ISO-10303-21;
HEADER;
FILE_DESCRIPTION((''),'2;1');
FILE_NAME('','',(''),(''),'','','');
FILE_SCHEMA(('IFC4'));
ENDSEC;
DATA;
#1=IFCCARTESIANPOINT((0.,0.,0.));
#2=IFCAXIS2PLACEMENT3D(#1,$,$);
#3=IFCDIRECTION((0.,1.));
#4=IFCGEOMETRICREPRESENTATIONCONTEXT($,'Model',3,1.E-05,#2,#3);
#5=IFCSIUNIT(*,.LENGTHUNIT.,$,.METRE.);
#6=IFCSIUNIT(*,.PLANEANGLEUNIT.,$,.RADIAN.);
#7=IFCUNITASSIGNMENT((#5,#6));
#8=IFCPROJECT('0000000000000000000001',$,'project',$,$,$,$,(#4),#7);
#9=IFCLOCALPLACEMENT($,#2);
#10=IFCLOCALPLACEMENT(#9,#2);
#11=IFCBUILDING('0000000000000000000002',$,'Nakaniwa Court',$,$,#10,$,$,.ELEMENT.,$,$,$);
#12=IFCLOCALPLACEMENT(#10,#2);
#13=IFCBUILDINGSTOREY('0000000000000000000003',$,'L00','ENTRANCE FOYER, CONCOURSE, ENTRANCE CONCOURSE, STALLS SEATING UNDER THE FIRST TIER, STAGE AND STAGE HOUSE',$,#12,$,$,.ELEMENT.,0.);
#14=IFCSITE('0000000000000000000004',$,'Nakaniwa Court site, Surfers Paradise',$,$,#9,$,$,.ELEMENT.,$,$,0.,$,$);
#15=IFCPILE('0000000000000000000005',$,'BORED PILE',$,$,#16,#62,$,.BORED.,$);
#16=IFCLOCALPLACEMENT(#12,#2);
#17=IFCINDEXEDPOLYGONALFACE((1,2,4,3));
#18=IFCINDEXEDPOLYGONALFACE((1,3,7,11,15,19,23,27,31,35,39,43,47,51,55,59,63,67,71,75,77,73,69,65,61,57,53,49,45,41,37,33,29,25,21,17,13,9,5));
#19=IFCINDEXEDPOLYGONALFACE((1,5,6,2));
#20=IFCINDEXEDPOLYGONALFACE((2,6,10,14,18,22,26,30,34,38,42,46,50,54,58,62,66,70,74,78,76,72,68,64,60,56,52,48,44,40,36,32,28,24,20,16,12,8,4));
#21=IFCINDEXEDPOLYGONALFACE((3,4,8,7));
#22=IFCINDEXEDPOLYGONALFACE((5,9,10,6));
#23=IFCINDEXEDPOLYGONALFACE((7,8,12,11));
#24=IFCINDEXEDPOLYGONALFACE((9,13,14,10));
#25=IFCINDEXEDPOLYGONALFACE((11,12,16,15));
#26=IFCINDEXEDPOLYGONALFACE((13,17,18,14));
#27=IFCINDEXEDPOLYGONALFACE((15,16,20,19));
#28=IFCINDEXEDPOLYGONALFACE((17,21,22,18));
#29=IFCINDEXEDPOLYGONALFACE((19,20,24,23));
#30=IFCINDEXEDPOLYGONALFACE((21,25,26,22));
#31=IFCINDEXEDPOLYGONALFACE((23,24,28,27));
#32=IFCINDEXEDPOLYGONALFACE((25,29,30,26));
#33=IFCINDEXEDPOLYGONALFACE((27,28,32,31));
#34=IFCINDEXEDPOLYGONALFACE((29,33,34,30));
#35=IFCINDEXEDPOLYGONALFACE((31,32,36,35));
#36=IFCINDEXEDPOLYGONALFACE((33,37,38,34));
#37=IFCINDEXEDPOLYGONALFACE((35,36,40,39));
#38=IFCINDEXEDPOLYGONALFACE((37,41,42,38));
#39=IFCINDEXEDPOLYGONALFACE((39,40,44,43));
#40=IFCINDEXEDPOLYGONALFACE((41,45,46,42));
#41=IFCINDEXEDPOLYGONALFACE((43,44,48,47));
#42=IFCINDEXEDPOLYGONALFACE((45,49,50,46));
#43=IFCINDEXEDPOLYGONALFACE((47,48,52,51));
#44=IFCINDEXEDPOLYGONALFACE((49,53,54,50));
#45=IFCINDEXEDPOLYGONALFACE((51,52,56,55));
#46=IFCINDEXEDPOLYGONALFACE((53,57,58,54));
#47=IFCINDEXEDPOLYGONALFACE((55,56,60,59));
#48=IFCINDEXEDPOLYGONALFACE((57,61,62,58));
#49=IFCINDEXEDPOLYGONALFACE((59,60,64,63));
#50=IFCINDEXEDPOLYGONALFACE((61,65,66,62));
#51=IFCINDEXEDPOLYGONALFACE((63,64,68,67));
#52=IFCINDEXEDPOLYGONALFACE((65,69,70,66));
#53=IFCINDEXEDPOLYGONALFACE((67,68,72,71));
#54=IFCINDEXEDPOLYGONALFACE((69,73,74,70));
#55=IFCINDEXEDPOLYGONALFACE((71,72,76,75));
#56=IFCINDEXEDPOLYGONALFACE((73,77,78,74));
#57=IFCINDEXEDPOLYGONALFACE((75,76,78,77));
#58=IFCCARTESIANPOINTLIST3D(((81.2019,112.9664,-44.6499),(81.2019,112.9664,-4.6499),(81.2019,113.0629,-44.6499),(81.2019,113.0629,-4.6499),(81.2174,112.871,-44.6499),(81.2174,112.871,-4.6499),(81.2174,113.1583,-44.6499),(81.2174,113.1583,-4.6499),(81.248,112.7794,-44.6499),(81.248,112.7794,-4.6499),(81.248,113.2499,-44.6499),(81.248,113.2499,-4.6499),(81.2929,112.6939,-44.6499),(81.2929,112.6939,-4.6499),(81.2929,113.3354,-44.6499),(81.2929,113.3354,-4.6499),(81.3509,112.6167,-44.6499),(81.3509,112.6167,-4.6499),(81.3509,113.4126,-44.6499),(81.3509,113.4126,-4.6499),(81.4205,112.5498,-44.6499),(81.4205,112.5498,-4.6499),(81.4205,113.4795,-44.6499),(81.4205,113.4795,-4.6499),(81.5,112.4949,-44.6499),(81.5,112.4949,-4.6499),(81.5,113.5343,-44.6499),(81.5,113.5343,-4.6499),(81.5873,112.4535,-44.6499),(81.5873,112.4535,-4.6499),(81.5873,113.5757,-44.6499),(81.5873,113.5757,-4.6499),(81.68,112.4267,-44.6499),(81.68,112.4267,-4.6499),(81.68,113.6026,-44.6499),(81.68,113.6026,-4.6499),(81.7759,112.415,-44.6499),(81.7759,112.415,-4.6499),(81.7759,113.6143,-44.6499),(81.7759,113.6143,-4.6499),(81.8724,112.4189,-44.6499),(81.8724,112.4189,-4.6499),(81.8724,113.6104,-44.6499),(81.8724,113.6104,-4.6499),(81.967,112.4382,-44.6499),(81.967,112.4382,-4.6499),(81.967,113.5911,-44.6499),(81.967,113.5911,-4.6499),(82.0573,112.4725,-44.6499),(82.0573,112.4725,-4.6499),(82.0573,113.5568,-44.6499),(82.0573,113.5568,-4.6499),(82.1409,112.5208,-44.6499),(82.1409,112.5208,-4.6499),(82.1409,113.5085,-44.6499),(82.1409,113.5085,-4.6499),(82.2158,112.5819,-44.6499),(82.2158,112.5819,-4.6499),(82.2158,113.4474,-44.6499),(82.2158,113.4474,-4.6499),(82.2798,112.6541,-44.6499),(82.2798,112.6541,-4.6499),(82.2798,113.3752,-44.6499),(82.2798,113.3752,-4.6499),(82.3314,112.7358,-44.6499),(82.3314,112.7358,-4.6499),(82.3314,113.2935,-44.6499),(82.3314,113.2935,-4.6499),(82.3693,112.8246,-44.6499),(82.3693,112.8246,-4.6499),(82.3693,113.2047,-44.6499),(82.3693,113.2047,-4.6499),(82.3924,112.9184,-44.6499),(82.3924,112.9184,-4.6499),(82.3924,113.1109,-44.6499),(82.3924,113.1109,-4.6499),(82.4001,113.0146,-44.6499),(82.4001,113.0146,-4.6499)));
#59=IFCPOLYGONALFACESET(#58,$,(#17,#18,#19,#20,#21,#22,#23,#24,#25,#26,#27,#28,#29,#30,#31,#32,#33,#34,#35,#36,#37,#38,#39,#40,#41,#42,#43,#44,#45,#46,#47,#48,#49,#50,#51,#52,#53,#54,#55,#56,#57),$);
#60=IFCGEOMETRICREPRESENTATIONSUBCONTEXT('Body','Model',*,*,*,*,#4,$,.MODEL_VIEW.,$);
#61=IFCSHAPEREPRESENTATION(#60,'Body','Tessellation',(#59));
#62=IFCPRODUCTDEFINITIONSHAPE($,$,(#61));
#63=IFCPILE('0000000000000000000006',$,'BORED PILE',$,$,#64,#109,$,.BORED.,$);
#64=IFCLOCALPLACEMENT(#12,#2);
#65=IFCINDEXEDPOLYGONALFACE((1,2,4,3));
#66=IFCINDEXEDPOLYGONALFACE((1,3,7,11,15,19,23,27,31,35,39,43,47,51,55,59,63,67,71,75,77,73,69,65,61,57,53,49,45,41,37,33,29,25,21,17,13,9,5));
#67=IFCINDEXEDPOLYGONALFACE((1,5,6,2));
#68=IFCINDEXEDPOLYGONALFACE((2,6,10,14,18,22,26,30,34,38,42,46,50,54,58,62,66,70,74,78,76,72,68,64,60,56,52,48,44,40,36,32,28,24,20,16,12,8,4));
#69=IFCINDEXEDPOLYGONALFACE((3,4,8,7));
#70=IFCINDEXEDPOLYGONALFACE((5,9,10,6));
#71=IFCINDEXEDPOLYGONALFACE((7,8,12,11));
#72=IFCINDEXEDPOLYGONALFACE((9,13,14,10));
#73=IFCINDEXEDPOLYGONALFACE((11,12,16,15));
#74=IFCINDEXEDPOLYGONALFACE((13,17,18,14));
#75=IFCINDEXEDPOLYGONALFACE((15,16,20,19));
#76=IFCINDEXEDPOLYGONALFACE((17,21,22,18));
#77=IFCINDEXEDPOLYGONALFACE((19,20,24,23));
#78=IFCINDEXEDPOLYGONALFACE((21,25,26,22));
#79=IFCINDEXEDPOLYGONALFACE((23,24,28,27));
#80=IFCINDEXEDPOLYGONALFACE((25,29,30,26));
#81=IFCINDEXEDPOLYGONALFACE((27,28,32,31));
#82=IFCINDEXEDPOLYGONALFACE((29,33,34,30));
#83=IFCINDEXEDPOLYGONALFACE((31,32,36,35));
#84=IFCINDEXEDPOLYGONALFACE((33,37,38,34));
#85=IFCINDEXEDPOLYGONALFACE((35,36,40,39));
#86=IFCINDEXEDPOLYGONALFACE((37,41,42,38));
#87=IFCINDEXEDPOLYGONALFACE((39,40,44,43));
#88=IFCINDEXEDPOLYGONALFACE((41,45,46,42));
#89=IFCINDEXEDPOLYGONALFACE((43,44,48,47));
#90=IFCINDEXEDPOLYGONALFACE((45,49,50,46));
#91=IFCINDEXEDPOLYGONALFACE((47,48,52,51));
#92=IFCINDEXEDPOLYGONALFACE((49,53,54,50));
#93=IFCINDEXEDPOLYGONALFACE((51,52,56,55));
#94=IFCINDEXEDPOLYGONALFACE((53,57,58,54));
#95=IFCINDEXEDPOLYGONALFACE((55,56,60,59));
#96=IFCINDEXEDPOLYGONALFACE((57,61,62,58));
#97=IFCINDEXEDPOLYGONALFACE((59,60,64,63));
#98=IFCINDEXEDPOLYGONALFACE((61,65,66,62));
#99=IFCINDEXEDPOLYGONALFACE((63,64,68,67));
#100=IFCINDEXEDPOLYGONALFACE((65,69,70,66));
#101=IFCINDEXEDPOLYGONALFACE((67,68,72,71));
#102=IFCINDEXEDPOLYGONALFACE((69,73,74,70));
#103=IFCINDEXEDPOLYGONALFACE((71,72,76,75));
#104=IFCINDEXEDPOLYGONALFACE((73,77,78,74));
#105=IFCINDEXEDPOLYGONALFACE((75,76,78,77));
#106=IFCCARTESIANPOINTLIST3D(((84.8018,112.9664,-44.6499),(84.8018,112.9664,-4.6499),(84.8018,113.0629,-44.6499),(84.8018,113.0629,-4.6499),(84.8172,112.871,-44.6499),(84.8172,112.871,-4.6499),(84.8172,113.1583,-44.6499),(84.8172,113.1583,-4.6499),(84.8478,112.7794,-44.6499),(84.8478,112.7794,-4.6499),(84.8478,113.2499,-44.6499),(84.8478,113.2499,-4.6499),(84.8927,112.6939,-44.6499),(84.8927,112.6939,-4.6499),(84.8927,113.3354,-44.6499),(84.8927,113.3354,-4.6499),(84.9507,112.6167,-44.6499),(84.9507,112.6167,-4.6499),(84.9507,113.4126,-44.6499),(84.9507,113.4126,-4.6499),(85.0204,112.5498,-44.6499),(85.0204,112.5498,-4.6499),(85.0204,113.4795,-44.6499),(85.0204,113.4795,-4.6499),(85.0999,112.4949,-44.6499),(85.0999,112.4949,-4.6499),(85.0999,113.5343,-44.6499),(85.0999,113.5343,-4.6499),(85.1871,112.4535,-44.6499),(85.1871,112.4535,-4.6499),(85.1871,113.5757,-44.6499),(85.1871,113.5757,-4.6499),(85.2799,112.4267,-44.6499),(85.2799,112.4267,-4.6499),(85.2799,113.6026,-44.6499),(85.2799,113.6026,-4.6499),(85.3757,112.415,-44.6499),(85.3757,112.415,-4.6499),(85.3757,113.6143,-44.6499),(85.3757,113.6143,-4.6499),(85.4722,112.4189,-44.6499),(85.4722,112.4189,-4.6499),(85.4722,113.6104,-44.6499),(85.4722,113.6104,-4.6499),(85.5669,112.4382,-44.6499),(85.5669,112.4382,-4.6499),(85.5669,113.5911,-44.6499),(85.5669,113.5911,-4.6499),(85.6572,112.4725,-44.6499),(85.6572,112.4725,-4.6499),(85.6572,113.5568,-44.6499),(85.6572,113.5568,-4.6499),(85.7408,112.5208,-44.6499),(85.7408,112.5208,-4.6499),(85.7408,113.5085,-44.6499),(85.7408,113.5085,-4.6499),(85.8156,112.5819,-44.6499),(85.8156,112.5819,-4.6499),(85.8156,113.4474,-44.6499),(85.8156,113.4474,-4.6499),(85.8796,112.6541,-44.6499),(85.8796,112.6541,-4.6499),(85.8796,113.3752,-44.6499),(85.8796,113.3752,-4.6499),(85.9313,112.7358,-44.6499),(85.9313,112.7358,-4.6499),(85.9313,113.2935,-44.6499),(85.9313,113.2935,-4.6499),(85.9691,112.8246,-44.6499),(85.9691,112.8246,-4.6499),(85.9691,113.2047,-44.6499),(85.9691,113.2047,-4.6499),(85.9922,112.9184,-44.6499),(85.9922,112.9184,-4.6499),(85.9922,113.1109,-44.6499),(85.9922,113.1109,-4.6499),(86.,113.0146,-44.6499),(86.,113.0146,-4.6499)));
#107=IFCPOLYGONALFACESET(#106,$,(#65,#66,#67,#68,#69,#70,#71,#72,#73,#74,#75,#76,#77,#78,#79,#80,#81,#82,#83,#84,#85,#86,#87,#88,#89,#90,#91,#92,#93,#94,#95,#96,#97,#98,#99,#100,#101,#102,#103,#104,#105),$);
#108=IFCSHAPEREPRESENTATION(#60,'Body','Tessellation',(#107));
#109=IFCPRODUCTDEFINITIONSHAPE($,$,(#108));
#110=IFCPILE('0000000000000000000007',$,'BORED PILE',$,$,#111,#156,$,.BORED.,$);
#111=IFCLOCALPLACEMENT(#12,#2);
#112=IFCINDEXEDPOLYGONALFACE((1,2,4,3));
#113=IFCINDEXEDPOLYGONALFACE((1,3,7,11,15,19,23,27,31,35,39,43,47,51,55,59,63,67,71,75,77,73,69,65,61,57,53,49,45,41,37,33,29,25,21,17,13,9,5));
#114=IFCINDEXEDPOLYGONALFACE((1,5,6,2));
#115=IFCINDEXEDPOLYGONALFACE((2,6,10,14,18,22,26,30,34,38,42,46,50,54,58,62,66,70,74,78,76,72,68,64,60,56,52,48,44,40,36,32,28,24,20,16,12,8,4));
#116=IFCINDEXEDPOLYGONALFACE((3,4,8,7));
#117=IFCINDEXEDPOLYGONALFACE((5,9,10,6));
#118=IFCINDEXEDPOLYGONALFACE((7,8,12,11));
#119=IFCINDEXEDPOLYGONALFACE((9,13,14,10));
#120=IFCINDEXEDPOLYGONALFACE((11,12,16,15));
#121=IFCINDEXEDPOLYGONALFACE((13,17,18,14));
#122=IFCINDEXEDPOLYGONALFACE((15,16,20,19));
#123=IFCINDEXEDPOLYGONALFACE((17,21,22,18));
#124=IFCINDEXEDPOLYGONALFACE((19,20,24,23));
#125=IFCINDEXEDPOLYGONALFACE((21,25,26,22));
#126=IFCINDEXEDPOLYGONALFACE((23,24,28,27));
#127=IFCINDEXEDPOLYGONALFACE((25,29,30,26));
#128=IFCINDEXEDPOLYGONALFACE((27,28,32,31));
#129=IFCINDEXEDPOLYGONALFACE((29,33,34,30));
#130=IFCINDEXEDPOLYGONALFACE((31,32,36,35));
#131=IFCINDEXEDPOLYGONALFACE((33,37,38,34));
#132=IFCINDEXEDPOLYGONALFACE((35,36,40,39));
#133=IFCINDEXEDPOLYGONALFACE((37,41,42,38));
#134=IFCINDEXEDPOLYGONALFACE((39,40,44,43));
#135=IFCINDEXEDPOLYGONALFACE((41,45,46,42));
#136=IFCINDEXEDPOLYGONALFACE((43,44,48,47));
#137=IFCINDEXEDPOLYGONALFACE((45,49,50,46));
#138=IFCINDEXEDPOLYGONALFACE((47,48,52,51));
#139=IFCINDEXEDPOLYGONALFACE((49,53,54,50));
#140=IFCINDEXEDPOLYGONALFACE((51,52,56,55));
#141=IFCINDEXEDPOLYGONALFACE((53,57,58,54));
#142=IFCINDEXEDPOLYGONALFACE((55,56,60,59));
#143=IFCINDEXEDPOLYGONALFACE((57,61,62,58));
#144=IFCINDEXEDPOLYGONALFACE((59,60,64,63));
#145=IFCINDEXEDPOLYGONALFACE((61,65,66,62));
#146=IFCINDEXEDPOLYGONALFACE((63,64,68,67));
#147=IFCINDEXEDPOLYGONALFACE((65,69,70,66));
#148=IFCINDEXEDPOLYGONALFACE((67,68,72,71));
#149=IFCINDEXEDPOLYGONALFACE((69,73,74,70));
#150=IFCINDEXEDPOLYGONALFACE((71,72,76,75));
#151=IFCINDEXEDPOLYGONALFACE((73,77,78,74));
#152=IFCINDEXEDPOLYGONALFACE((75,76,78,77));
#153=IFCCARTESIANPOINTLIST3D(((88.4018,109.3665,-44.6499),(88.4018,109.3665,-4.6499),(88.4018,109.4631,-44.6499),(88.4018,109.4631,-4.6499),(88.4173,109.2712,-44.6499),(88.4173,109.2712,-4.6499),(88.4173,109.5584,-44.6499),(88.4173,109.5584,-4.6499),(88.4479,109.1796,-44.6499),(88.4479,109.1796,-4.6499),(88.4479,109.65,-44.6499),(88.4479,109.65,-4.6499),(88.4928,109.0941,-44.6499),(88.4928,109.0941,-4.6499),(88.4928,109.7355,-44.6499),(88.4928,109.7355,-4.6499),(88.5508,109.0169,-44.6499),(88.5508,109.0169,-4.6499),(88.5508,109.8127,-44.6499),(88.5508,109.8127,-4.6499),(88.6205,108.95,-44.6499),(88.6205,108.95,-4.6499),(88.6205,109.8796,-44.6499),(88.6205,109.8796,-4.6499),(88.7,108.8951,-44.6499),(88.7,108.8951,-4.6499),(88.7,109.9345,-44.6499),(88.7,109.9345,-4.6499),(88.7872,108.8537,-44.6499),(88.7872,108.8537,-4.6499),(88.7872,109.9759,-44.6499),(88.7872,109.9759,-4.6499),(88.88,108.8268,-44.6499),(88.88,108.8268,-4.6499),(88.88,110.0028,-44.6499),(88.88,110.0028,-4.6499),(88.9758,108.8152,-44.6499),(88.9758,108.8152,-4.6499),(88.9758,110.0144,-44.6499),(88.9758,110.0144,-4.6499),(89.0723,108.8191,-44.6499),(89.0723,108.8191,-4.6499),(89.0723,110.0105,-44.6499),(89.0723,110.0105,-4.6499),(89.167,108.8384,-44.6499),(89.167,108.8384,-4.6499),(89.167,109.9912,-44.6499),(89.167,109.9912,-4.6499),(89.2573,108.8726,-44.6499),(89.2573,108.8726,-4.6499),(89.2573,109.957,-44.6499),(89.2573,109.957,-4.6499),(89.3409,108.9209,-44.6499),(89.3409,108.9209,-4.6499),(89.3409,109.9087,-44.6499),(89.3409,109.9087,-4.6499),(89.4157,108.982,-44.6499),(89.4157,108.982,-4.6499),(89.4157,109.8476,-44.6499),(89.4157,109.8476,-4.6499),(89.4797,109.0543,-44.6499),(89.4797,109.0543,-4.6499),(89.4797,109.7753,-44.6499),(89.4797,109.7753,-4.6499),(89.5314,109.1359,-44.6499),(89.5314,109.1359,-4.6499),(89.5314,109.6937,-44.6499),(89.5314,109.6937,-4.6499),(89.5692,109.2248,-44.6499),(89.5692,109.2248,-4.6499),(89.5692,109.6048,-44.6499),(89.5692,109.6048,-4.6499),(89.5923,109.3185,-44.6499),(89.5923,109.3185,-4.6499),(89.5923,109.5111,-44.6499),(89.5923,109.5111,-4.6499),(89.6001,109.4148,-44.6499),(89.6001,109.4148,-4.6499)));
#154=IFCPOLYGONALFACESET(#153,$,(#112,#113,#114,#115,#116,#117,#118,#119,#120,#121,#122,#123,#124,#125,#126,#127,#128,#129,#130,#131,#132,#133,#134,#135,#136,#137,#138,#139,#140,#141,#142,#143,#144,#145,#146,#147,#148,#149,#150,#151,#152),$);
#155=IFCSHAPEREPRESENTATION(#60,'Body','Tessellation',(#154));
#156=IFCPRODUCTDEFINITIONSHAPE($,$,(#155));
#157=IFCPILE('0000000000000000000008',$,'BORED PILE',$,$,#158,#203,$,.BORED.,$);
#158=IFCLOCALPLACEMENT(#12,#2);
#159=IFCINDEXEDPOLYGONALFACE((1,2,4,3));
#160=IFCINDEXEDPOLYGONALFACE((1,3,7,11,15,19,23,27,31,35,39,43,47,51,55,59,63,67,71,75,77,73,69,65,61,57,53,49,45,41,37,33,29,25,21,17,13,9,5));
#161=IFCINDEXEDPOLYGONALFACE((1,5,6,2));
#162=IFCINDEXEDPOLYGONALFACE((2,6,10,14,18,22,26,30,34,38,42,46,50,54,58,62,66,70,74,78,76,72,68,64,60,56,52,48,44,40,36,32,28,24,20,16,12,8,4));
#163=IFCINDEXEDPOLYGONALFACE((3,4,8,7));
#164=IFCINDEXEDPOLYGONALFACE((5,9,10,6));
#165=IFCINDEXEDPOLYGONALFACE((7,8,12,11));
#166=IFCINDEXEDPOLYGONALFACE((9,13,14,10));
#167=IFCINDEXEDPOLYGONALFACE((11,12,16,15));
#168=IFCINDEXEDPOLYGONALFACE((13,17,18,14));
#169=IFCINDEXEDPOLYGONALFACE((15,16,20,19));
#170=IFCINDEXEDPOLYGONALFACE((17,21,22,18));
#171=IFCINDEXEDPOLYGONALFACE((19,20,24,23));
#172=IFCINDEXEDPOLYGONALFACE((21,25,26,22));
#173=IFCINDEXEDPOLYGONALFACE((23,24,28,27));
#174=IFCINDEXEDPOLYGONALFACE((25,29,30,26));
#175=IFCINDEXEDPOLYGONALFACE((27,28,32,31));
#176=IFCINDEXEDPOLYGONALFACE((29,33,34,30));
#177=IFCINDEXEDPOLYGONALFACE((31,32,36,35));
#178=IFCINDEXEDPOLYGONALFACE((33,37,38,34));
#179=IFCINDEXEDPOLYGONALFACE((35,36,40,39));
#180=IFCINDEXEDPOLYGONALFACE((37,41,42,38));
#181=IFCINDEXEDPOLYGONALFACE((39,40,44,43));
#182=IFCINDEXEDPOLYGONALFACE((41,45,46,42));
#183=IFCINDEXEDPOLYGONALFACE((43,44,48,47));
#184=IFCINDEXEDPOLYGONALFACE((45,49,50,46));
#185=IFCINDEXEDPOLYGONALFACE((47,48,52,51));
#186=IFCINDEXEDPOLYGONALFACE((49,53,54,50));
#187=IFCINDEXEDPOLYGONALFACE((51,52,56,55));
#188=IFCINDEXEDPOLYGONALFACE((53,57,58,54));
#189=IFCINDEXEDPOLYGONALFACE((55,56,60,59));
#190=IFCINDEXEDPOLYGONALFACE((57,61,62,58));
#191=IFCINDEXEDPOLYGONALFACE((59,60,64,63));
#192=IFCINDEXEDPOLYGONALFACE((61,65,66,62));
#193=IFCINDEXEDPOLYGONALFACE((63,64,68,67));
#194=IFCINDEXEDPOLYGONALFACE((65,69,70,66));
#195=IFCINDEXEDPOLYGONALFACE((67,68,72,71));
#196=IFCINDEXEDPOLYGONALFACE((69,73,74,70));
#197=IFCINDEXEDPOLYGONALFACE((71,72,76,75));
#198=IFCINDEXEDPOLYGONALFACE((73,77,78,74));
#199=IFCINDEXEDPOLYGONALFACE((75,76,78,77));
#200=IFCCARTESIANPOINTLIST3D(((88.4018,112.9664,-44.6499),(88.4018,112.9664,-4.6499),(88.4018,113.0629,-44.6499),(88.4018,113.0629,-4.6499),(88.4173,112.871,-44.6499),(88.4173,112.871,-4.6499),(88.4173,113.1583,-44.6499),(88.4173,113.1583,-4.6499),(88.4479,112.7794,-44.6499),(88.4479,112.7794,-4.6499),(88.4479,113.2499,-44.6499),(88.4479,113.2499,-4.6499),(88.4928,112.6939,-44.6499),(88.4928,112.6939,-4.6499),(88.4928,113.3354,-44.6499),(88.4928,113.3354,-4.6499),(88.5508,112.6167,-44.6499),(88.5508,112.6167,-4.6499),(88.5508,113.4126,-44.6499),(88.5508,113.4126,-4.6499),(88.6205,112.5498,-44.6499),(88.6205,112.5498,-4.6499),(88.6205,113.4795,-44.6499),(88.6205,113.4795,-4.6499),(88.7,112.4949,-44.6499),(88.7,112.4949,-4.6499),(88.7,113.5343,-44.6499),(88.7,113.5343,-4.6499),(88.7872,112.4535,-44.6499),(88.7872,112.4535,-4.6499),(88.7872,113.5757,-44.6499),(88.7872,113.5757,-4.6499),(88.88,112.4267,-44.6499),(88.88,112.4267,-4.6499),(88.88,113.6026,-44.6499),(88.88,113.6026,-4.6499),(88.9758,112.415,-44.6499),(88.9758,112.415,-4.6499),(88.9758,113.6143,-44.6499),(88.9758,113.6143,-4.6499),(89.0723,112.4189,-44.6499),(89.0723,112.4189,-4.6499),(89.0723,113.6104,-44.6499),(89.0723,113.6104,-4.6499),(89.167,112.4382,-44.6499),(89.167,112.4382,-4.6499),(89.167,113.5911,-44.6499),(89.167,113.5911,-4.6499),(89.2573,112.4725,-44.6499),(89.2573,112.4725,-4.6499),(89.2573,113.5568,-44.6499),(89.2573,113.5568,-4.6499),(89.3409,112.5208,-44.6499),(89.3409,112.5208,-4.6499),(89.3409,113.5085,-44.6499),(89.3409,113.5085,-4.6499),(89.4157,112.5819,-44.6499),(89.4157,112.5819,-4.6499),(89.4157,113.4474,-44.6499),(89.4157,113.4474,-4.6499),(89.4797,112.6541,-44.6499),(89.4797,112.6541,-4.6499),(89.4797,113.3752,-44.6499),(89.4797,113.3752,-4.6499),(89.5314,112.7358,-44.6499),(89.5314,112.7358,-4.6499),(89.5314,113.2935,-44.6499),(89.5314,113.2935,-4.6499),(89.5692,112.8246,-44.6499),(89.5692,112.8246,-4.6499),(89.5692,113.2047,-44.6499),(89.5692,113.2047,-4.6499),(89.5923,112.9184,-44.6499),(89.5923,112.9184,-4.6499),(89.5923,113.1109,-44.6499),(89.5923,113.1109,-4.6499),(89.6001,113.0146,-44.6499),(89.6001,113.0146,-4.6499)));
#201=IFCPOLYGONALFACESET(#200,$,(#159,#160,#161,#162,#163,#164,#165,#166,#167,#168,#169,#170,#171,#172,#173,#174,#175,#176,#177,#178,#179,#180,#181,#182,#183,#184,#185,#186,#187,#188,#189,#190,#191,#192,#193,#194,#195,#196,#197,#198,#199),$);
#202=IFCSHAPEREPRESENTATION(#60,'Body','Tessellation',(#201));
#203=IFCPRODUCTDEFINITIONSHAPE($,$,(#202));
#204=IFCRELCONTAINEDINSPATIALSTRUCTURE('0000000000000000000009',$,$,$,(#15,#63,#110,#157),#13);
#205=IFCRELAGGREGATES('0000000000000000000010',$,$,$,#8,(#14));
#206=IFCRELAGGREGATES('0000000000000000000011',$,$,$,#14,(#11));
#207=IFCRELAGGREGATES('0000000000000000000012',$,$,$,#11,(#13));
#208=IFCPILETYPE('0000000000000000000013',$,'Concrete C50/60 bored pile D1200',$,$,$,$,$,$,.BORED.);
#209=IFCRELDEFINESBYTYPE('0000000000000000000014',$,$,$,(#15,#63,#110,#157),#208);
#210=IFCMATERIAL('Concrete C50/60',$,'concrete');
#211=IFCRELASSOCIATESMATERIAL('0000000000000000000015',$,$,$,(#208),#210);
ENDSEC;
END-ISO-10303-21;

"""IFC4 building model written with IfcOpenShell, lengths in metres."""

from ifc_helpers import new_model, si_unit, direction, frame, origin, origin_2d, place, context, subcontext, project, spatial, circle, extrude, material, material_profile, profile_set, type_object, element, save


model = new_model("IFC4")

# Units and contexts
model_context = context("Model", 3, precision=1e-05, world=origin(), true_north=direction((0.0, 1.0)))
body_context = subcontext(model_context, "Body", "Model", "MODEL_VIEW")
ifc_project = project(units=[si_unit("LENGTHUNIT", "METRE"), si_unit("PLANEANGLEUNIT", "RADIAN")], contexts=[model_context])

# Site, building, storey
site_placement = place(None, origin())
site = spatial("IfcSite", under=ifc_project, at=site_placement, Name="Nakaniwa Court site, Surfers Paradise", CompositionType="ELEMENT", RefElevation=0.0)
building_placement = place(site_placement, origin())
building = spatial("IfcBuilding", under=site, at=building_placement, Name="Nakaniwa Court", CompositionType="ELEMENT")
storey_placement = place(building_placement, origin())
storey = spatial("IfcBuildingStorey", under=building, at=storey_placement, Name="L00", Description="ENTRANCE FOYER, CONCOURSE, ENTRANCE CONCOURSE, STALLS SEATING UNDER THE FIRST TIER, STAGE AND STAGE HOUSE", CompositionType="ELEMENT", Elevation=0.0)

# Piles
ifc_material_1 = material(Name="Concrete C50/60", Category="concrete")
ifc_material_profile_1 = material_profile(ifc_material_1, circle(Radius=0.6001, at=origin_2d()), Name="Concrete C50/60 bored pile D1200")
ifc_profile_set_1 = profile_set([ifc_material_profile_1], Name="Concrete C50/60")
pile_type = type_object("IfcPileType", Name="Concrete C50/60 bored pile D1200", PredefinedType="BORED", material=ifc_profile_set_1)
for number, where, z_axis, x_axis, name in (
    (1, (81.8, 113.0146, -4.6499), (0.0, 0.0, -1.0), (1.0, 0.0, 0.0), "BORED PILE"),
    (2, (85.3999, 113.0146, -4.6499), (0.0, 0.0, -1.0), (1.0, 0.0, 0.0), "BORED PILE"),
    (3, (89.0, 109.4148, -4.6499), (0.0, 0.0, -1.0), (1.0, 0.0, 0.0), "BORED PILE"),
    (4, (89.0, 113.0146, -4.6499), (0.0, 0.0, -1.0), (1.0, 0.0, 0.0), "BORED PILE"),
):
    element("IfcPile", number, at=place(storey_placement, frame(where, z_axis=z_axis, x_axis=x_axis)), inside=storey, type_object=pile_type, Name=name, PredefinedType="BORED", context=body_context, shape_type="SweptSolid", body=[
        extrude(circle(Radius=0.6001, at=origin_2d()), origin(), (0.0, 0.0, 1.0), 40.0),
    ])

save(model, "model.ifc")
